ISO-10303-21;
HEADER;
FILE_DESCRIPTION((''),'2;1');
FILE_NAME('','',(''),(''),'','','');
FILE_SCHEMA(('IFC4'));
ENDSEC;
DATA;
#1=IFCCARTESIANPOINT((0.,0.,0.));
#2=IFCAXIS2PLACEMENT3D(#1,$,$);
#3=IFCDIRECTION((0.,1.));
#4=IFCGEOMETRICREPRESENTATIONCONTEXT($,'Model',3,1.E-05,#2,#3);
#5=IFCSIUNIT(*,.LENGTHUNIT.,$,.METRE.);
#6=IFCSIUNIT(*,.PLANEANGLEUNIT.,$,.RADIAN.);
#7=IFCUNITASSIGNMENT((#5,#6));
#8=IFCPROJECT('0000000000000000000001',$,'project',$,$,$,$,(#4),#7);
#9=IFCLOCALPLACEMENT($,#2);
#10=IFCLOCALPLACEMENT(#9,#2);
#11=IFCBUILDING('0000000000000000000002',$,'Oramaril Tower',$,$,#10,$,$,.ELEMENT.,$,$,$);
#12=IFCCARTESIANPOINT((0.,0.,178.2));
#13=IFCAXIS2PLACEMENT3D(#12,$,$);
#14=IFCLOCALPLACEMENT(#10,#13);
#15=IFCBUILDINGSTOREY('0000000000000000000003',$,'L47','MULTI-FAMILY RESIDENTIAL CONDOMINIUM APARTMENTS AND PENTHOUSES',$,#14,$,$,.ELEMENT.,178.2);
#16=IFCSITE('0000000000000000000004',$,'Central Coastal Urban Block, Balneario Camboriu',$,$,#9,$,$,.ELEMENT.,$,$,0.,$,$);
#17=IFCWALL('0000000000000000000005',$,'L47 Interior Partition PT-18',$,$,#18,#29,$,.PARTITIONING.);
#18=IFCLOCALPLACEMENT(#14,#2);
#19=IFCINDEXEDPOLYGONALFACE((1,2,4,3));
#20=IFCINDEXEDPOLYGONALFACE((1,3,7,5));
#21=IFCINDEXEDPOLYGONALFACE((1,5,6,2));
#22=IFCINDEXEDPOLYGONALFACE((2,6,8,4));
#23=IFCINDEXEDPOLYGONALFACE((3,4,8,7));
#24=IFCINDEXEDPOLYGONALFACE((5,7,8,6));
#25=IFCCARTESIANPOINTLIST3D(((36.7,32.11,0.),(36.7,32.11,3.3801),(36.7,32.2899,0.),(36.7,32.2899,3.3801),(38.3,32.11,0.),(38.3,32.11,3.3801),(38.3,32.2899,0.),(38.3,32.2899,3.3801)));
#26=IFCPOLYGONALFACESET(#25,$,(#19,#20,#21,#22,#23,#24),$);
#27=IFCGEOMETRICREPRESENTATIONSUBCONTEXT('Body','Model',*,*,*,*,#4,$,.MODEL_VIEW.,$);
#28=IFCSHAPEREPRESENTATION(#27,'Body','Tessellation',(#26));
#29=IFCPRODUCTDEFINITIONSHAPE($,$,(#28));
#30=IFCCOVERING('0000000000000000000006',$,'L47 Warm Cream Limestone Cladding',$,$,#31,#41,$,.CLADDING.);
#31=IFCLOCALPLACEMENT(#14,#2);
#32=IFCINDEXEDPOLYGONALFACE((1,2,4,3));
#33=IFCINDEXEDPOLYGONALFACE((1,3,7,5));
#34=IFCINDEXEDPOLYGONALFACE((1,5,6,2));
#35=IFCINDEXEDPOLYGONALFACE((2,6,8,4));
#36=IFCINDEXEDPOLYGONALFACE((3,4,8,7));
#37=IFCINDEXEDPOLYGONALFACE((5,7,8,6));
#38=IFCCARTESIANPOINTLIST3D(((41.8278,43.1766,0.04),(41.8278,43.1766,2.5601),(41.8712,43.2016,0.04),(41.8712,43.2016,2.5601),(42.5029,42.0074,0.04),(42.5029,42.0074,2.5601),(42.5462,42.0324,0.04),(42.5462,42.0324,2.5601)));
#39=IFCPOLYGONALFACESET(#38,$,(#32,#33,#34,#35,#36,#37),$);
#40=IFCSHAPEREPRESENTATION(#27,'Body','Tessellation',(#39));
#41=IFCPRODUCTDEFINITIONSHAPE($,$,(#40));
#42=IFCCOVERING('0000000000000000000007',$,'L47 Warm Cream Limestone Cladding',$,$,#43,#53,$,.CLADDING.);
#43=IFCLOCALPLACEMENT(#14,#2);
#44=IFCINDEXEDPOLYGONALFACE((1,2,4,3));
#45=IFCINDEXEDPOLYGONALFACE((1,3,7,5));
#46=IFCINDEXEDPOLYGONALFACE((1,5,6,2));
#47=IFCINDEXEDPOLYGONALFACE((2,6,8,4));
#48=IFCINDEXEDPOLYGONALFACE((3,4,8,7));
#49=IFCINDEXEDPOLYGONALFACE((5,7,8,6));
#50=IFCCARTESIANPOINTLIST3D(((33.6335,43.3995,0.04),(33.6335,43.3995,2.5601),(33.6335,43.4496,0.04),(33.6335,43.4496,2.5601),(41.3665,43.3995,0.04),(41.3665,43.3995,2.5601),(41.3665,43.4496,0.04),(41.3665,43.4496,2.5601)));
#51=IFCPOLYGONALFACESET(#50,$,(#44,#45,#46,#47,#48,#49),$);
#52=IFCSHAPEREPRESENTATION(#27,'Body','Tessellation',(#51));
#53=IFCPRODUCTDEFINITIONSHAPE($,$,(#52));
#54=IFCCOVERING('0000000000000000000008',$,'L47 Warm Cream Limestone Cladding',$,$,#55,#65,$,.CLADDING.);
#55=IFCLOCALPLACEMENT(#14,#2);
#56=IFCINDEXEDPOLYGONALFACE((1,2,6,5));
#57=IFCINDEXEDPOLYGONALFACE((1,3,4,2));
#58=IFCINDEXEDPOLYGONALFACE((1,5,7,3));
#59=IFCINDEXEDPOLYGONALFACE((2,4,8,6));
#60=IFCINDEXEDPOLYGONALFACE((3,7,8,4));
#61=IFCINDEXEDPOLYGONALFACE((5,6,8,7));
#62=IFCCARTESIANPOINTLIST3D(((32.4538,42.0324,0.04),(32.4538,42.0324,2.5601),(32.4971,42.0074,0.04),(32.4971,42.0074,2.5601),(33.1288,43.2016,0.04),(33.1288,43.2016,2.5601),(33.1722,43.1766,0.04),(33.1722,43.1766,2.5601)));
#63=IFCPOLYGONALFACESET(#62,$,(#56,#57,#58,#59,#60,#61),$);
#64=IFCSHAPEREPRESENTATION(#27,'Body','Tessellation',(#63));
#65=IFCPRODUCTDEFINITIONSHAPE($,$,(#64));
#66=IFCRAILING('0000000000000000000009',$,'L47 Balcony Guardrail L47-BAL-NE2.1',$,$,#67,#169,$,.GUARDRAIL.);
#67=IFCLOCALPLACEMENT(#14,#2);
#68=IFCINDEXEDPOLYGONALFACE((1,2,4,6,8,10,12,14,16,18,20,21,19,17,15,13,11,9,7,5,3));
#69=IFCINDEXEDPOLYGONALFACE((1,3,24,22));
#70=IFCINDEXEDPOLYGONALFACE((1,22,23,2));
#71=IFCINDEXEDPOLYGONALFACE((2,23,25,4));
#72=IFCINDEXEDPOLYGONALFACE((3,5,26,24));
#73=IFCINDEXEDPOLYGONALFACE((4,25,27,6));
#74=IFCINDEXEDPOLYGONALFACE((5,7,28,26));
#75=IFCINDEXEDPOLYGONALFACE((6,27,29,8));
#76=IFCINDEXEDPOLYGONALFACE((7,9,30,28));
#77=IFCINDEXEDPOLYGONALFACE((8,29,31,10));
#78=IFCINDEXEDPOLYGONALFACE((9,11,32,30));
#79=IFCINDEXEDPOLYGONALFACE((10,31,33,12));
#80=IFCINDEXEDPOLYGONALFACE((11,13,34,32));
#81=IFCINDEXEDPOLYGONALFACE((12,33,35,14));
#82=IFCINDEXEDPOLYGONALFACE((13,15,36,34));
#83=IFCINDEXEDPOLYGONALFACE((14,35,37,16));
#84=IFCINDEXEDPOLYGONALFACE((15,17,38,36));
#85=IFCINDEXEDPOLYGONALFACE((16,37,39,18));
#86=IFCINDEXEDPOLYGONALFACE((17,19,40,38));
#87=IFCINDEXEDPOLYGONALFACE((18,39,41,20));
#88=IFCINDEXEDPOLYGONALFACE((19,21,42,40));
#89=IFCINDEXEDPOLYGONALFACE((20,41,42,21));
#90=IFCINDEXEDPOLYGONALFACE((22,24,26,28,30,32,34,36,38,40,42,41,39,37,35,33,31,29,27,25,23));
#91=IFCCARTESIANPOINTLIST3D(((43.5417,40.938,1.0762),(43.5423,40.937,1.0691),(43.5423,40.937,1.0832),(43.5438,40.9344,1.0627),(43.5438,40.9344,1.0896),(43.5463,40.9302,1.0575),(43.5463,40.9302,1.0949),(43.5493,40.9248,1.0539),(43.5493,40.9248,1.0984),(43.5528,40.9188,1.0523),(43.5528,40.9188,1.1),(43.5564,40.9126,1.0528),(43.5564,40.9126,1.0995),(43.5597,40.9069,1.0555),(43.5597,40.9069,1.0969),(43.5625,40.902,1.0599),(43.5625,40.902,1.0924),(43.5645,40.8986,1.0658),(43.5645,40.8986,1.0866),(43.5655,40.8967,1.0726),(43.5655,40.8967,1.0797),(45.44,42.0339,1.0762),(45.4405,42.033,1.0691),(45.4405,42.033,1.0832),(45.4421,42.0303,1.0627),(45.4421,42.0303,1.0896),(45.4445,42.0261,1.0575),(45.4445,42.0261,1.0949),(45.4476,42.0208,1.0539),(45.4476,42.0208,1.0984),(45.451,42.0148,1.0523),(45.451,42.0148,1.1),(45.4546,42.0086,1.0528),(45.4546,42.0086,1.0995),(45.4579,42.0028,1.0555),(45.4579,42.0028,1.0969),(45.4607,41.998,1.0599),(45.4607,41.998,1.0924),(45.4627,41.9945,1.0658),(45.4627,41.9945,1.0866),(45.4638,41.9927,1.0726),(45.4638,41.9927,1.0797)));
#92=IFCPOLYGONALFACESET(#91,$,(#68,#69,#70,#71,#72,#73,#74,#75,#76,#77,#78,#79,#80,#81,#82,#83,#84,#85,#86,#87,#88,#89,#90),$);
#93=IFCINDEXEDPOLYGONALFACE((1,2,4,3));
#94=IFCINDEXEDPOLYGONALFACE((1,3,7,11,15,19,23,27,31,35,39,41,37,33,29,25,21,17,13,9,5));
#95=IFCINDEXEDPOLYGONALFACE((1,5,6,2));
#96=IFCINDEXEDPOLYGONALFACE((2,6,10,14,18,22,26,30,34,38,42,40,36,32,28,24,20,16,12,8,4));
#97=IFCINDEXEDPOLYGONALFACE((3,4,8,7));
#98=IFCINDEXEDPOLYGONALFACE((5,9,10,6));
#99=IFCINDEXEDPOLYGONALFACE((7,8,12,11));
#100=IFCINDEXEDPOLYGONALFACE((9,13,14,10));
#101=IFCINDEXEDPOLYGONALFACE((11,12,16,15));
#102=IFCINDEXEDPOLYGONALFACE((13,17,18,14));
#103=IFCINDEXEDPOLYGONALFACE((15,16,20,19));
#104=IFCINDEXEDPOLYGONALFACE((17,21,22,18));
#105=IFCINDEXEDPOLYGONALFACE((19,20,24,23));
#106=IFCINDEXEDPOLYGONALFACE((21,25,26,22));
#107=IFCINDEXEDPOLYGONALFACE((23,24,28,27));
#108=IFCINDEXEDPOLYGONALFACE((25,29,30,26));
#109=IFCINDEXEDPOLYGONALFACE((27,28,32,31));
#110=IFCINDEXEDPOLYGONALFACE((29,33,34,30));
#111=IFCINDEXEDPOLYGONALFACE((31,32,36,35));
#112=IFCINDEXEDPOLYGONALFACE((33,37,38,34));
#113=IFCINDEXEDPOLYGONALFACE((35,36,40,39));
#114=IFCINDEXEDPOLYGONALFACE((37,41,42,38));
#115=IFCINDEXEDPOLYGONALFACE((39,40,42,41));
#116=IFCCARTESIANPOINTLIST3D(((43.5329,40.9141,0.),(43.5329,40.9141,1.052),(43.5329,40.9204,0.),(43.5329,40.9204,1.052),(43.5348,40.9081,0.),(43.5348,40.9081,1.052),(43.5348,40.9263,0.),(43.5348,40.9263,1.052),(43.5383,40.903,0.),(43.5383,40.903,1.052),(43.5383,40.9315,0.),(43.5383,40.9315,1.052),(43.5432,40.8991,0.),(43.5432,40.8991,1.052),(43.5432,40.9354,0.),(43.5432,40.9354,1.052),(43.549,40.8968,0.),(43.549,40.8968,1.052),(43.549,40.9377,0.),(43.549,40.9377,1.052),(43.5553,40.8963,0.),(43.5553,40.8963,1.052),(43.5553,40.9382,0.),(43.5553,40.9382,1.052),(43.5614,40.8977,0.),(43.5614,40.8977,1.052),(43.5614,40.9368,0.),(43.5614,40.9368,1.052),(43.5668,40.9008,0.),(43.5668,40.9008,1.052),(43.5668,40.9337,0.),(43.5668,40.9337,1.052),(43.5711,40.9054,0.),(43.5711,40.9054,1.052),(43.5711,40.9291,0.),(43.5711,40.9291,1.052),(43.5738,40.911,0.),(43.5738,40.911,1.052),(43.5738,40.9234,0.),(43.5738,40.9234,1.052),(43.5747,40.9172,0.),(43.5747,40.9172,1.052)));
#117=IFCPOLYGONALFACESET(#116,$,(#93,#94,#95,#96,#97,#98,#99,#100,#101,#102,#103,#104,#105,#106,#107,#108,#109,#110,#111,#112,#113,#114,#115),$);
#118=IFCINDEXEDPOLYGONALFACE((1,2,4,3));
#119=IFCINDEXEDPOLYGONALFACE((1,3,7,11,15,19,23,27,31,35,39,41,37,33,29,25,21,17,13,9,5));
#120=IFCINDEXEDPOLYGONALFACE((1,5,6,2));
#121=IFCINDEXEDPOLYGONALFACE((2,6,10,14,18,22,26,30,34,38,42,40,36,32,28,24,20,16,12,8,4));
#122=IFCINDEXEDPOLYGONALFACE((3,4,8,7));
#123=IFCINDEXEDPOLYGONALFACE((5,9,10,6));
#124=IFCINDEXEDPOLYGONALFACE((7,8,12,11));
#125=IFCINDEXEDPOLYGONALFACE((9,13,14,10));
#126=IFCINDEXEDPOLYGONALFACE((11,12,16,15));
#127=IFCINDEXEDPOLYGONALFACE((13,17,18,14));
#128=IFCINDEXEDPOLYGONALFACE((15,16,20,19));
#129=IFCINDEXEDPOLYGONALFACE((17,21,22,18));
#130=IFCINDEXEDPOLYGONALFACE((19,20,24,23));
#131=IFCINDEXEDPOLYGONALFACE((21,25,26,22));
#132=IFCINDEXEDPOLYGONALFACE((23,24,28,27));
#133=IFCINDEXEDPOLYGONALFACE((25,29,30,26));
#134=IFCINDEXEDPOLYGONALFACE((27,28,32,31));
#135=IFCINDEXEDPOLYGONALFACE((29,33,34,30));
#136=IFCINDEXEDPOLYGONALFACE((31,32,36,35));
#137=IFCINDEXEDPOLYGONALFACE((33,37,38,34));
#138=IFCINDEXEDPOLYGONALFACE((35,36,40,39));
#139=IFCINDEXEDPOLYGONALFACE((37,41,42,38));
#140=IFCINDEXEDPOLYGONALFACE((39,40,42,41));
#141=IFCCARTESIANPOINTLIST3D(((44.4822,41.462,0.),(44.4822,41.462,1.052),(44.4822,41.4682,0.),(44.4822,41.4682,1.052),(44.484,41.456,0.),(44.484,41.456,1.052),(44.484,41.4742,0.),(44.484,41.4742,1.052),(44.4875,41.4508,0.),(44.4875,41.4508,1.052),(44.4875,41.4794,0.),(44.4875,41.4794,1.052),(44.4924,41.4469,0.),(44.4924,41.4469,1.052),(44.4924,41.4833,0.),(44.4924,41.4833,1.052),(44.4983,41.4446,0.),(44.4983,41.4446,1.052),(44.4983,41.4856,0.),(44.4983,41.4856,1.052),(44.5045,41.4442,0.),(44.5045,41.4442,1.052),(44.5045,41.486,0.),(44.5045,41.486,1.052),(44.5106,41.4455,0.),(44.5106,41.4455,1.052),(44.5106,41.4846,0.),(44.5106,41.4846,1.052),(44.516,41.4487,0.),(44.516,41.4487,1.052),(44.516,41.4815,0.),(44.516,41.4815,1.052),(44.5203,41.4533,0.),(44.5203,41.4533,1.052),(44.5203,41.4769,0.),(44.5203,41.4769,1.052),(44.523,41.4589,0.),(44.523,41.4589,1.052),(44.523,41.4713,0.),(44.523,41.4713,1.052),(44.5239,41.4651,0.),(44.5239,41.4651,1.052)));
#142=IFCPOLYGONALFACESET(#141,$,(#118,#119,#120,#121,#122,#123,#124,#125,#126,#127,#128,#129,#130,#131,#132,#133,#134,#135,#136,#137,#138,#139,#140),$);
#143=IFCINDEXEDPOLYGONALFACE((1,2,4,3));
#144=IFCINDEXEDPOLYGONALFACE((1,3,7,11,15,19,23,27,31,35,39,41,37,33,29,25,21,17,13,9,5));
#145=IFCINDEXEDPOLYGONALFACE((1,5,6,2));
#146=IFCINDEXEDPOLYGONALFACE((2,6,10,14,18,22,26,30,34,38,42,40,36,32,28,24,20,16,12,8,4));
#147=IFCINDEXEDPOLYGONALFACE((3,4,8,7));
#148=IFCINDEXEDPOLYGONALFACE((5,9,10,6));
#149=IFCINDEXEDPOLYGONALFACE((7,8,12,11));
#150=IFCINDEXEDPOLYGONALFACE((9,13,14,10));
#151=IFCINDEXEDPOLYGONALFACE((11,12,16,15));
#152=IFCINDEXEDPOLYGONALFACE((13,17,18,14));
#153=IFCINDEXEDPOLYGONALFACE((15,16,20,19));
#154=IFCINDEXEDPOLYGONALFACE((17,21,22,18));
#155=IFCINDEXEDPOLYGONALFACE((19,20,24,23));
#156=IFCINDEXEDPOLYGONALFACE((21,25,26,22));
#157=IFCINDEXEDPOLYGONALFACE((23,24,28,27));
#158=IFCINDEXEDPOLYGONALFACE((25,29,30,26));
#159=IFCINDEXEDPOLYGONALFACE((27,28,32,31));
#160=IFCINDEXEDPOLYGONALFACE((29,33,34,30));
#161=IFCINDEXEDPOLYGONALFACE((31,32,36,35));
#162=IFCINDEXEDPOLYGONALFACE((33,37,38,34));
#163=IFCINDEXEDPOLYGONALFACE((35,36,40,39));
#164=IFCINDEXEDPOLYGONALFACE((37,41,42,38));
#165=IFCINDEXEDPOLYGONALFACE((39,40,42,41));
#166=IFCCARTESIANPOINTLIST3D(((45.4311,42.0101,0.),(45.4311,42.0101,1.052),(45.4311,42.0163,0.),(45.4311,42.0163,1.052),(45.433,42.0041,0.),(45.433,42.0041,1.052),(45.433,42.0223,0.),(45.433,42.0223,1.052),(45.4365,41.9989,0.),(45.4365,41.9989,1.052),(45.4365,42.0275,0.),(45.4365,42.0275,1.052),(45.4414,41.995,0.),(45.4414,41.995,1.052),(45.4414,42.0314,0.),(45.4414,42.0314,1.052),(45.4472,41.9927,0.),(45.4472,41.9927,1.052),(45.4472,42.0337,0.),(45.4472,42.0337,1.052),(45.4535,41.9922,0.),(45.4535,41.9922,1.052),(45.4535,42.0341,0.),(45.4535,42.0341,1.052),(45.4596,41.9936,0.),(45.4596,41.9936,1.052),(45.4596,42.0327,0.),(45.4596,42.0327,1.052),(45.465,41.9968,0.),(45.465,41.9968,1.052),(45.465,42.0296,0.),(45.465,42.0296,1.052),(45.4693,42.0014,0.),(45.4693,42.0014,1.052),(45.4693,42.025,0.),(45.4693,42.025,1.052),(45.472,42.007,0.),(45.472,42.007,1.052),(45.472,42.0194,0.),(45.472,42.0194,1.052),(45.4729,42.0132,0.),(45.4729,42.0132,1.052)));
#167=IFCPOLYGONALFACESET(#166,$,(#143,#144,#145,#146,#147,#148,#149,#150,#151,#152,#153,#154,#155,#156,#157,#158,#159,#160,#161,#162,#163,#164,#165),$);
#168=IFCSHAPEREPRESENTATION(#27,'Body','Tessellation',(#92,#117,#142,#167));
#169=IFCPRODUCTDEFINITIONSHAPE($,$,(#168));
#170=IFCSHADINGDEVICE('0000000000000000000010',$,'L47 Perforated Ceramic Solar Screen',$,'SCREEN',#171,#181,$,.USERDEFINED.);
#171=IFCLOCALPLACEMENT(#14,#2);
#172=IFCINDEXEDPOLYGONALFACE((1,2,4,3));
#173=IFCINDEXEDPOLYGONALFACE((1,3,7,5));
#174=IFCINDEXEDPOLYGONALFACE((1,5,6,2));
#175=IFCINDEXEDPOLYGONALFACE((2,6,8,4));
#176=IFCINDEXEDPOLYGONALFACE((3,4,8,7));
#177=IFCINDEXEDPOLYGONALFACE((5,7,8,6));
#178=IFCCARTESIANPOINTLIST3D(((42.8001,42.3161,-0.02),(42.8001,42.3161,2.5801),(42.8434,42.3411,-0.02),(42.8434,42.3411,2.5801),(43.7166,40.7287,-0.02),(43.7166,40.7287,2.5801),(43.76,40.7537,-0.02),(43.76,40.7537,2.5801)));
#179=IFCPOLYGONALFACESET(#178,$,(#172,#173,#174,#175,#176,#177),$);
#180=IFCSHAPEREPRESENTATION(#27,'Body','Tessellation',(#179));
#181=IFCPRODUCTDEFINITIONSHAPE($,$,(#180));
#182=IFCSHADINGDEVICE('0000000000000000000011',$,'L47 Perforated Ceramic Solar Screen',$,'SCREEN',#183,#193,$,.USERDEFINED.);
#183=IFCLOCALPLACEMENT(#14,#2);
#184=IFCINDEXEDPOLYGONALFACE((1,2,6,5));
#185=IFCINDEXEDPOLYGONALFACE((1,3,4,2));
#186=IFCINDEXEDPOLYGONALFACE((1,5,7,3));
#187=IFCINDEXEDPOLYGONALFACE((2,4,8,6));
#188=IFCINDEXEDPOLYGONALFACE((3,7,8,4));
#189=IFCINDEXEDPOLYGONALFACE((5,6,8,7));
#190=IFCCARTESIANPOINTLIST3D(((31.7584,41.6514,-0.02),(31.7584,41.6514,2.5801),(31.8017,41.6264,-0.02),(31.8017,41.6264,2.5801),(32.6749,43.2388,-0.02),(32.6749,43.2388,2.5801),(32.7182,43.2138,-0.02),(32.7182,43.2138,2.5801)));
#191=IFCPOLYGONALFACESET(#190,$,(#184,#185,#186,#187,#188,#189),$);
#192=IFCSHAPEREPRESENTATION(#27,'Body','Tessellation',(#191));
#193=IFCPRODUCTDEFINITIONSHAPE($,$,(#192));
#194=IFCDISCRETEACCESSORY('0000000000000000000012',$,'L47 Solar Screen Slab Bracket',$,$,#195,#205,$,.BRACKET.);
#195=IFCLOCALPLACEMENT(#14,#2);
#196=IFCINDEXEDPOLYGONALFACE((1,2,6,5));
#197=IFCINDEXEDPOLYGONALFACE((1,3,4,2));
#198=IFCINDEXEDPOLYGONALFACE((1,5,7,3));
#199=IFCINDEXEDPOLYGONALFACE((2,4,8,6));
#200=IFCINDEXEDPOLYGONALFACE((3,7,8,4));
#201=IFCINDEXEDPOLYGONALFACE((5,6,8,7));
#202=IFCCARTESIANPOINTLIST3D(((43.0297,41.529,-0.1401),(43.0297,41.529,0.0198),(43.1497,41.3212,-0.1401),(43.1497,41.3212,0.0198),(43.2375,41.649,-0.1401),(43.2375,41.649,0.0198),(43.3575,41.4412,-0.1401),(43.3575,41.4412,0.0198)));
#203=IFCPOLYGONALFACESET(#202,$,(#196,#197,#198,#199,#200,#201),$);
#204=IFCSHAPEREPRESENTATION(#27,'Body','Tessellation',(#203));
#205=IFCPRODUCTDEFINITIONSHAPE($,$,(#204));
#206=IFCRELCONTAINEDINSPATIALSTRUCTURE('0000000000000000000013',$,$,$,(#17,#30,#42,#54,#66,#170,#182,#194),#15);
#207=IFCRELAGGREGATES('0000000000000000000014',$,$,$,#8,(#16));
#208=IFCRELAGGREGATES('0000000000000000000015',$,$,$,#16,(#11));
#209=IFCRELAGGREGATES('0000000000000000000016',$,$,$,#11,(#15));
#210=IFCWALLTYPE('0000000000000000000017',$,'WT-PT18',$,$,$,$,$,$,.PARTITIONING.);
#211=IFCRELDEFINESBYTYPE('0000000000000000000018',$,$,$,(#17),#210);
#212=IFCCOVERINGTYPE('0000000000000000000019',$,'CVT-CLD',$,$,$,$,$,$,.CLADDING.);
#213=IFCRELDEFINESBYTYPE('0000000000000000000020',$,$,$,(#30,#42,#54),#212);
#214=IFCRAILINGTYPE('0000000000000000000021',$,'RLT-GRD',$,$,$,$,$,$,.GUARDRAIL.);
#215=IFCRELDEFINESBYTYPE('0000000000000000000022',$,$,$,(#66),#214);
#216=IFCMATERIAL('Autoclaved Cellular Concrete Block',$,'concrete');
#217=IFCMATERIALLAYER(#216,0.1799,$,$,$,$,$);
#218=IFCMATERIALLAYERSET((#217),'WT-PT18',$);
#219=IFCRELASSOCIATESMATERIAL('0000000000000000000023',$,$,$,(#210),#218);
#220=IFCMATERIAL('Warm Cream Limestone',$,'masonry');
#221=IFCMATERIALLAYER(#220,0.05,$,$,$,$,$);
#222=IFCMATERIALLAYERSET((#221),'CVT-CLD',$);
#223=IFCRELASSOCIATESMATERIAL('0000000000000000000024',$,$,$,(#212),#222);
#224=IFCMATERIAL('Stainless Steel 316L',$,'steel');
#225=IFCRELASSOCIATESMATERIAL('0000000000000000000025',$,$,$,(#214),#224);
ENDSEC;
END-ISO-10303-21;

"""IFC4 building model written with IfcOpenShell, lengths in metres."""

from ifc_helpers import new_model, si_unit, direction, frame, frame_2d, origin, origin_2d, place, context, subcontext, project, spatial, rectangle, circle, extrude, material, layer, layer_set, type_object, element, save


model = new_model("IFC4")

# Units and contexts
model_context = context("Model", 3, precision=1e-05, world=origin(), true_north=direction((0.0, 1.0)))
body_context = subcontext(model_context, "Body", "Model", "MODEL_VIEW")
ifc_project = project(units=[si_unit("LENGTHUNIT", "METRE"), si_unit("PLANEANGLEUNIT", "RADIAN")], contexts=[model_context])

# Site, building, storey
site_placement = place(None, origin())
site = spatial("IfcSite", under=ifc_project, at=site_placement, Name="Central Coastal Urban Block, Balneario Camboriu", CompositionType="ELEMENT", RefElevation=0.0)
building_placement = place(site_placement, origin())
building = spatial("IfcBuilding", under=site, at=building_placement, Name="Oramaril Tower", CompositionType="ELEMENT")
storey_placement = place(building_placement, frame((0.0, 0.0, 178.2)))
storey = spatial("IfcBuildingStorey", under=building, at=storey_placement, Name="L47", Description="MULTI-FAMILY RESIDENTIAL CONDOMINIUM APARTMENTS AND PENTHOUSES", CompositionType="ELEMENT", Elevation=178.2)

# Wall
ifc_material_1 = material(Name="Autoclaved Cellular Concrete Block", Category="concrete")
ifc_layer_1 = layer(ifc_material_1, 0.1799)
ifc_layer_set_1 = layer_set([ifc_layer_1], Name="WT-PT18")
wall_type_1 = type_object("IfcWallType", Name="WT-PT18", PredefinedType="PARTITIONING", material=ifc_layer_set_1)
wall_1_placement = place(storey_placement, frame((36.7, 32.2, 0.0), z_axis=(0.0, 0.0, 1.0), x_axis=(1.0, 0.0, 0.0)))
element("IfcWall", 1, at=wall_1_placement, inside=storey, type_object=wall_type_1, Name="L47 Interior Partition PT-18", PredefinedType="PARTITIONING", context=body_context, shape_type="SweptSolid", body=[
    extrude(rectangle(XDim=1.6001, YDim=0.1799, at=frame_2d((0.8, 0.0))), origin(), (0.0, 0.0, 1.0), 3.3801),
])

# Coverings
ifc_material_2 = material(Name="Warm Cream Limestone", Category="masonry")
ifc_layer_2 = layer(ifc_material_2, 0.05)
ifc_layer_set_2 = layer_set([ifc_layer_2], Name="CVT-CLD")
covering_type = type_object("IfcCoveringType", Name="CVT-CLD", PredefinedType="CLADDING", material=ifc_layer_set_2)
covering_1_placement = place(storey_placement, frame((42.187, 42.6045, 0.04), z_axis=(0.0, 0.0, 1.0), x_axis=(-0.5, 0.866025, 0.0)))
element("IfcCovering", 2, at=covering_1_placement, inside=storey, type_object=covering_type, Name="L47 Warm Cream Limestone Cladding", PredefinedType="CLADDING", context=body_context, shape_type="SweptSolid", body=[
    extrude(rectangle(XDim=1.3501, YDim=0.05, at=origin_2d()), origin(), (0.0, 0.0, 1.0), 2.52),
])
covering_2_placement = place(storey_placement, frame((37.5, 43.4246, 0.04), z_axis=(0.0, 0.0, 1.0), x_axis=(-1.0, 0.0, 0.0)))
element("IfcCovering", 3, at=covering_2_placement, inside=storey, type_object=covering_type, Name="L47 Warm Cream Limestone Cladding", PredefinedType="CLADDING", context=body_context, shape_type="SweptSolid", body=[
    extrude(rectangle(XDim=7.7329, YDim=0.05, at=origin_2d()), origin(), (0.0, 0.0, 1.0), 2.52),
])
covering_3_placement = place(storey_placement, frame((32.813, 42.6045, 0.04), z_axis=(0.0, 0.0, 1.0), x_axis=(-0.5, -0.866025, 0.0)))
element("IfcCovering", 4, at=covering_3_placement, inside=storey, type_object=covering_type, Name="L47 Warm Cream Limestone Cladding", PredefinedType="CLADDING", context=body_context, shape_type="SweptSolid", body=[
    extrude(rectangle(XDim=1.3501, YDim=0.05, at=origin_2d()), origin(), (0.0, 0.0, 1.0), 2.52),
])

# Railing
ifc_material_3 = material(Name="Stainless Steel 316L", Category="steel")
railing_type = type_object("IfcRailingType", Name="RLT-GRD", PredefinedType="GUARDRAIL", material=ifc_material_3)
railing_placement = place(storey_placement, frame((43.5537, 40.9172, 0.0)))
element("IfcRailing", 5, at=railing_placement, inside=storey, type_object=railing_type, Name="L47 Balcony Guardrail L47-BAL-NE2.1", PredefinedType="GUARDRAIL", context=body_context, shape_type="SweptSolid", body=[
    extrude(circle(Radius=0.0239, at=origin_2d()), frame((0.0, 0.0, 1.0762), z_axis=(0.866021, 0.500008, 0.0), x_axis=(-0.500008, 0.866021, 0.0)), (0.0, 0.0, 1.0), 2.1919),
    extrude(circle(Radius=0.021, at=origin_2d()), origin(), (0.0, 0.0, 1.0), 1.052),
    extrude(circle(Radius=0.021, at=origin_2d()), frame((0.9492, 0.5479, 0.0)), (0.0, 0.0, 1.0), 1.052),
    extrude(circle(Radius=0.021, at=origin_2d()), frame((1.8982, 1.0959, 0.0)), (0.0, 0.0, 1.0), 1.052),
])

# Shading devices
for number, where, z_axis, x_axis, name in (
    (6, (43.28, 41.5349, -0.02), (0.0, 0.0, 1.0), (-0.5, 0.866025, 0.0), "L47 Perforated Ceramic Solar Screen"),
    (7, (32.2383, 42.4326, -0.02), (0.0, 0.0, 1.0), (-0.5, -0.866025, 0.0), "L47 Perforated Ceramic Solar Screen"),
):
    element("IfcShadingDevice", number, at=place(storey_placement, frame(where, z_axis=z_axis, x_axis=x_axis)), inside=storey, Name=name, ObjectType="SCREEN", PredefinedType="USERDEFINED", context=body_context, shape_type="SweptSolid", body=[
        extrude(rectangle(XDim=1.833, YDim=0.05, at=origin_2d()), origin(), (0.0, 0.0, 1.0), 2.6001),
    ])

# Discrete accessory
for number, where, z_axis, x_axis, name in (
    (8, (43.1936, 41.4851, -0.1401), (0.0, 0.0, 1.0), (-0.5, 0.866025, 0.0), "L47 Solar Screen Slab Bracket"),
):
    element("IfcDiscreteAccessory", number, at=place(storey_placement, frame(where, z_axis=z_axis, x_axis=x_axis)), inside=storey, Name=name, PredefinedType="BRACKET", context=body_context, shape_type="SweptSolid", body=[
        extrude(rectangle(XDim=0.24, YDim=0.24, at=origin_2d()), origin(), (0.0, 0.0, 1.0), 0.1599),
    ])

save(model, "model.ifc")
